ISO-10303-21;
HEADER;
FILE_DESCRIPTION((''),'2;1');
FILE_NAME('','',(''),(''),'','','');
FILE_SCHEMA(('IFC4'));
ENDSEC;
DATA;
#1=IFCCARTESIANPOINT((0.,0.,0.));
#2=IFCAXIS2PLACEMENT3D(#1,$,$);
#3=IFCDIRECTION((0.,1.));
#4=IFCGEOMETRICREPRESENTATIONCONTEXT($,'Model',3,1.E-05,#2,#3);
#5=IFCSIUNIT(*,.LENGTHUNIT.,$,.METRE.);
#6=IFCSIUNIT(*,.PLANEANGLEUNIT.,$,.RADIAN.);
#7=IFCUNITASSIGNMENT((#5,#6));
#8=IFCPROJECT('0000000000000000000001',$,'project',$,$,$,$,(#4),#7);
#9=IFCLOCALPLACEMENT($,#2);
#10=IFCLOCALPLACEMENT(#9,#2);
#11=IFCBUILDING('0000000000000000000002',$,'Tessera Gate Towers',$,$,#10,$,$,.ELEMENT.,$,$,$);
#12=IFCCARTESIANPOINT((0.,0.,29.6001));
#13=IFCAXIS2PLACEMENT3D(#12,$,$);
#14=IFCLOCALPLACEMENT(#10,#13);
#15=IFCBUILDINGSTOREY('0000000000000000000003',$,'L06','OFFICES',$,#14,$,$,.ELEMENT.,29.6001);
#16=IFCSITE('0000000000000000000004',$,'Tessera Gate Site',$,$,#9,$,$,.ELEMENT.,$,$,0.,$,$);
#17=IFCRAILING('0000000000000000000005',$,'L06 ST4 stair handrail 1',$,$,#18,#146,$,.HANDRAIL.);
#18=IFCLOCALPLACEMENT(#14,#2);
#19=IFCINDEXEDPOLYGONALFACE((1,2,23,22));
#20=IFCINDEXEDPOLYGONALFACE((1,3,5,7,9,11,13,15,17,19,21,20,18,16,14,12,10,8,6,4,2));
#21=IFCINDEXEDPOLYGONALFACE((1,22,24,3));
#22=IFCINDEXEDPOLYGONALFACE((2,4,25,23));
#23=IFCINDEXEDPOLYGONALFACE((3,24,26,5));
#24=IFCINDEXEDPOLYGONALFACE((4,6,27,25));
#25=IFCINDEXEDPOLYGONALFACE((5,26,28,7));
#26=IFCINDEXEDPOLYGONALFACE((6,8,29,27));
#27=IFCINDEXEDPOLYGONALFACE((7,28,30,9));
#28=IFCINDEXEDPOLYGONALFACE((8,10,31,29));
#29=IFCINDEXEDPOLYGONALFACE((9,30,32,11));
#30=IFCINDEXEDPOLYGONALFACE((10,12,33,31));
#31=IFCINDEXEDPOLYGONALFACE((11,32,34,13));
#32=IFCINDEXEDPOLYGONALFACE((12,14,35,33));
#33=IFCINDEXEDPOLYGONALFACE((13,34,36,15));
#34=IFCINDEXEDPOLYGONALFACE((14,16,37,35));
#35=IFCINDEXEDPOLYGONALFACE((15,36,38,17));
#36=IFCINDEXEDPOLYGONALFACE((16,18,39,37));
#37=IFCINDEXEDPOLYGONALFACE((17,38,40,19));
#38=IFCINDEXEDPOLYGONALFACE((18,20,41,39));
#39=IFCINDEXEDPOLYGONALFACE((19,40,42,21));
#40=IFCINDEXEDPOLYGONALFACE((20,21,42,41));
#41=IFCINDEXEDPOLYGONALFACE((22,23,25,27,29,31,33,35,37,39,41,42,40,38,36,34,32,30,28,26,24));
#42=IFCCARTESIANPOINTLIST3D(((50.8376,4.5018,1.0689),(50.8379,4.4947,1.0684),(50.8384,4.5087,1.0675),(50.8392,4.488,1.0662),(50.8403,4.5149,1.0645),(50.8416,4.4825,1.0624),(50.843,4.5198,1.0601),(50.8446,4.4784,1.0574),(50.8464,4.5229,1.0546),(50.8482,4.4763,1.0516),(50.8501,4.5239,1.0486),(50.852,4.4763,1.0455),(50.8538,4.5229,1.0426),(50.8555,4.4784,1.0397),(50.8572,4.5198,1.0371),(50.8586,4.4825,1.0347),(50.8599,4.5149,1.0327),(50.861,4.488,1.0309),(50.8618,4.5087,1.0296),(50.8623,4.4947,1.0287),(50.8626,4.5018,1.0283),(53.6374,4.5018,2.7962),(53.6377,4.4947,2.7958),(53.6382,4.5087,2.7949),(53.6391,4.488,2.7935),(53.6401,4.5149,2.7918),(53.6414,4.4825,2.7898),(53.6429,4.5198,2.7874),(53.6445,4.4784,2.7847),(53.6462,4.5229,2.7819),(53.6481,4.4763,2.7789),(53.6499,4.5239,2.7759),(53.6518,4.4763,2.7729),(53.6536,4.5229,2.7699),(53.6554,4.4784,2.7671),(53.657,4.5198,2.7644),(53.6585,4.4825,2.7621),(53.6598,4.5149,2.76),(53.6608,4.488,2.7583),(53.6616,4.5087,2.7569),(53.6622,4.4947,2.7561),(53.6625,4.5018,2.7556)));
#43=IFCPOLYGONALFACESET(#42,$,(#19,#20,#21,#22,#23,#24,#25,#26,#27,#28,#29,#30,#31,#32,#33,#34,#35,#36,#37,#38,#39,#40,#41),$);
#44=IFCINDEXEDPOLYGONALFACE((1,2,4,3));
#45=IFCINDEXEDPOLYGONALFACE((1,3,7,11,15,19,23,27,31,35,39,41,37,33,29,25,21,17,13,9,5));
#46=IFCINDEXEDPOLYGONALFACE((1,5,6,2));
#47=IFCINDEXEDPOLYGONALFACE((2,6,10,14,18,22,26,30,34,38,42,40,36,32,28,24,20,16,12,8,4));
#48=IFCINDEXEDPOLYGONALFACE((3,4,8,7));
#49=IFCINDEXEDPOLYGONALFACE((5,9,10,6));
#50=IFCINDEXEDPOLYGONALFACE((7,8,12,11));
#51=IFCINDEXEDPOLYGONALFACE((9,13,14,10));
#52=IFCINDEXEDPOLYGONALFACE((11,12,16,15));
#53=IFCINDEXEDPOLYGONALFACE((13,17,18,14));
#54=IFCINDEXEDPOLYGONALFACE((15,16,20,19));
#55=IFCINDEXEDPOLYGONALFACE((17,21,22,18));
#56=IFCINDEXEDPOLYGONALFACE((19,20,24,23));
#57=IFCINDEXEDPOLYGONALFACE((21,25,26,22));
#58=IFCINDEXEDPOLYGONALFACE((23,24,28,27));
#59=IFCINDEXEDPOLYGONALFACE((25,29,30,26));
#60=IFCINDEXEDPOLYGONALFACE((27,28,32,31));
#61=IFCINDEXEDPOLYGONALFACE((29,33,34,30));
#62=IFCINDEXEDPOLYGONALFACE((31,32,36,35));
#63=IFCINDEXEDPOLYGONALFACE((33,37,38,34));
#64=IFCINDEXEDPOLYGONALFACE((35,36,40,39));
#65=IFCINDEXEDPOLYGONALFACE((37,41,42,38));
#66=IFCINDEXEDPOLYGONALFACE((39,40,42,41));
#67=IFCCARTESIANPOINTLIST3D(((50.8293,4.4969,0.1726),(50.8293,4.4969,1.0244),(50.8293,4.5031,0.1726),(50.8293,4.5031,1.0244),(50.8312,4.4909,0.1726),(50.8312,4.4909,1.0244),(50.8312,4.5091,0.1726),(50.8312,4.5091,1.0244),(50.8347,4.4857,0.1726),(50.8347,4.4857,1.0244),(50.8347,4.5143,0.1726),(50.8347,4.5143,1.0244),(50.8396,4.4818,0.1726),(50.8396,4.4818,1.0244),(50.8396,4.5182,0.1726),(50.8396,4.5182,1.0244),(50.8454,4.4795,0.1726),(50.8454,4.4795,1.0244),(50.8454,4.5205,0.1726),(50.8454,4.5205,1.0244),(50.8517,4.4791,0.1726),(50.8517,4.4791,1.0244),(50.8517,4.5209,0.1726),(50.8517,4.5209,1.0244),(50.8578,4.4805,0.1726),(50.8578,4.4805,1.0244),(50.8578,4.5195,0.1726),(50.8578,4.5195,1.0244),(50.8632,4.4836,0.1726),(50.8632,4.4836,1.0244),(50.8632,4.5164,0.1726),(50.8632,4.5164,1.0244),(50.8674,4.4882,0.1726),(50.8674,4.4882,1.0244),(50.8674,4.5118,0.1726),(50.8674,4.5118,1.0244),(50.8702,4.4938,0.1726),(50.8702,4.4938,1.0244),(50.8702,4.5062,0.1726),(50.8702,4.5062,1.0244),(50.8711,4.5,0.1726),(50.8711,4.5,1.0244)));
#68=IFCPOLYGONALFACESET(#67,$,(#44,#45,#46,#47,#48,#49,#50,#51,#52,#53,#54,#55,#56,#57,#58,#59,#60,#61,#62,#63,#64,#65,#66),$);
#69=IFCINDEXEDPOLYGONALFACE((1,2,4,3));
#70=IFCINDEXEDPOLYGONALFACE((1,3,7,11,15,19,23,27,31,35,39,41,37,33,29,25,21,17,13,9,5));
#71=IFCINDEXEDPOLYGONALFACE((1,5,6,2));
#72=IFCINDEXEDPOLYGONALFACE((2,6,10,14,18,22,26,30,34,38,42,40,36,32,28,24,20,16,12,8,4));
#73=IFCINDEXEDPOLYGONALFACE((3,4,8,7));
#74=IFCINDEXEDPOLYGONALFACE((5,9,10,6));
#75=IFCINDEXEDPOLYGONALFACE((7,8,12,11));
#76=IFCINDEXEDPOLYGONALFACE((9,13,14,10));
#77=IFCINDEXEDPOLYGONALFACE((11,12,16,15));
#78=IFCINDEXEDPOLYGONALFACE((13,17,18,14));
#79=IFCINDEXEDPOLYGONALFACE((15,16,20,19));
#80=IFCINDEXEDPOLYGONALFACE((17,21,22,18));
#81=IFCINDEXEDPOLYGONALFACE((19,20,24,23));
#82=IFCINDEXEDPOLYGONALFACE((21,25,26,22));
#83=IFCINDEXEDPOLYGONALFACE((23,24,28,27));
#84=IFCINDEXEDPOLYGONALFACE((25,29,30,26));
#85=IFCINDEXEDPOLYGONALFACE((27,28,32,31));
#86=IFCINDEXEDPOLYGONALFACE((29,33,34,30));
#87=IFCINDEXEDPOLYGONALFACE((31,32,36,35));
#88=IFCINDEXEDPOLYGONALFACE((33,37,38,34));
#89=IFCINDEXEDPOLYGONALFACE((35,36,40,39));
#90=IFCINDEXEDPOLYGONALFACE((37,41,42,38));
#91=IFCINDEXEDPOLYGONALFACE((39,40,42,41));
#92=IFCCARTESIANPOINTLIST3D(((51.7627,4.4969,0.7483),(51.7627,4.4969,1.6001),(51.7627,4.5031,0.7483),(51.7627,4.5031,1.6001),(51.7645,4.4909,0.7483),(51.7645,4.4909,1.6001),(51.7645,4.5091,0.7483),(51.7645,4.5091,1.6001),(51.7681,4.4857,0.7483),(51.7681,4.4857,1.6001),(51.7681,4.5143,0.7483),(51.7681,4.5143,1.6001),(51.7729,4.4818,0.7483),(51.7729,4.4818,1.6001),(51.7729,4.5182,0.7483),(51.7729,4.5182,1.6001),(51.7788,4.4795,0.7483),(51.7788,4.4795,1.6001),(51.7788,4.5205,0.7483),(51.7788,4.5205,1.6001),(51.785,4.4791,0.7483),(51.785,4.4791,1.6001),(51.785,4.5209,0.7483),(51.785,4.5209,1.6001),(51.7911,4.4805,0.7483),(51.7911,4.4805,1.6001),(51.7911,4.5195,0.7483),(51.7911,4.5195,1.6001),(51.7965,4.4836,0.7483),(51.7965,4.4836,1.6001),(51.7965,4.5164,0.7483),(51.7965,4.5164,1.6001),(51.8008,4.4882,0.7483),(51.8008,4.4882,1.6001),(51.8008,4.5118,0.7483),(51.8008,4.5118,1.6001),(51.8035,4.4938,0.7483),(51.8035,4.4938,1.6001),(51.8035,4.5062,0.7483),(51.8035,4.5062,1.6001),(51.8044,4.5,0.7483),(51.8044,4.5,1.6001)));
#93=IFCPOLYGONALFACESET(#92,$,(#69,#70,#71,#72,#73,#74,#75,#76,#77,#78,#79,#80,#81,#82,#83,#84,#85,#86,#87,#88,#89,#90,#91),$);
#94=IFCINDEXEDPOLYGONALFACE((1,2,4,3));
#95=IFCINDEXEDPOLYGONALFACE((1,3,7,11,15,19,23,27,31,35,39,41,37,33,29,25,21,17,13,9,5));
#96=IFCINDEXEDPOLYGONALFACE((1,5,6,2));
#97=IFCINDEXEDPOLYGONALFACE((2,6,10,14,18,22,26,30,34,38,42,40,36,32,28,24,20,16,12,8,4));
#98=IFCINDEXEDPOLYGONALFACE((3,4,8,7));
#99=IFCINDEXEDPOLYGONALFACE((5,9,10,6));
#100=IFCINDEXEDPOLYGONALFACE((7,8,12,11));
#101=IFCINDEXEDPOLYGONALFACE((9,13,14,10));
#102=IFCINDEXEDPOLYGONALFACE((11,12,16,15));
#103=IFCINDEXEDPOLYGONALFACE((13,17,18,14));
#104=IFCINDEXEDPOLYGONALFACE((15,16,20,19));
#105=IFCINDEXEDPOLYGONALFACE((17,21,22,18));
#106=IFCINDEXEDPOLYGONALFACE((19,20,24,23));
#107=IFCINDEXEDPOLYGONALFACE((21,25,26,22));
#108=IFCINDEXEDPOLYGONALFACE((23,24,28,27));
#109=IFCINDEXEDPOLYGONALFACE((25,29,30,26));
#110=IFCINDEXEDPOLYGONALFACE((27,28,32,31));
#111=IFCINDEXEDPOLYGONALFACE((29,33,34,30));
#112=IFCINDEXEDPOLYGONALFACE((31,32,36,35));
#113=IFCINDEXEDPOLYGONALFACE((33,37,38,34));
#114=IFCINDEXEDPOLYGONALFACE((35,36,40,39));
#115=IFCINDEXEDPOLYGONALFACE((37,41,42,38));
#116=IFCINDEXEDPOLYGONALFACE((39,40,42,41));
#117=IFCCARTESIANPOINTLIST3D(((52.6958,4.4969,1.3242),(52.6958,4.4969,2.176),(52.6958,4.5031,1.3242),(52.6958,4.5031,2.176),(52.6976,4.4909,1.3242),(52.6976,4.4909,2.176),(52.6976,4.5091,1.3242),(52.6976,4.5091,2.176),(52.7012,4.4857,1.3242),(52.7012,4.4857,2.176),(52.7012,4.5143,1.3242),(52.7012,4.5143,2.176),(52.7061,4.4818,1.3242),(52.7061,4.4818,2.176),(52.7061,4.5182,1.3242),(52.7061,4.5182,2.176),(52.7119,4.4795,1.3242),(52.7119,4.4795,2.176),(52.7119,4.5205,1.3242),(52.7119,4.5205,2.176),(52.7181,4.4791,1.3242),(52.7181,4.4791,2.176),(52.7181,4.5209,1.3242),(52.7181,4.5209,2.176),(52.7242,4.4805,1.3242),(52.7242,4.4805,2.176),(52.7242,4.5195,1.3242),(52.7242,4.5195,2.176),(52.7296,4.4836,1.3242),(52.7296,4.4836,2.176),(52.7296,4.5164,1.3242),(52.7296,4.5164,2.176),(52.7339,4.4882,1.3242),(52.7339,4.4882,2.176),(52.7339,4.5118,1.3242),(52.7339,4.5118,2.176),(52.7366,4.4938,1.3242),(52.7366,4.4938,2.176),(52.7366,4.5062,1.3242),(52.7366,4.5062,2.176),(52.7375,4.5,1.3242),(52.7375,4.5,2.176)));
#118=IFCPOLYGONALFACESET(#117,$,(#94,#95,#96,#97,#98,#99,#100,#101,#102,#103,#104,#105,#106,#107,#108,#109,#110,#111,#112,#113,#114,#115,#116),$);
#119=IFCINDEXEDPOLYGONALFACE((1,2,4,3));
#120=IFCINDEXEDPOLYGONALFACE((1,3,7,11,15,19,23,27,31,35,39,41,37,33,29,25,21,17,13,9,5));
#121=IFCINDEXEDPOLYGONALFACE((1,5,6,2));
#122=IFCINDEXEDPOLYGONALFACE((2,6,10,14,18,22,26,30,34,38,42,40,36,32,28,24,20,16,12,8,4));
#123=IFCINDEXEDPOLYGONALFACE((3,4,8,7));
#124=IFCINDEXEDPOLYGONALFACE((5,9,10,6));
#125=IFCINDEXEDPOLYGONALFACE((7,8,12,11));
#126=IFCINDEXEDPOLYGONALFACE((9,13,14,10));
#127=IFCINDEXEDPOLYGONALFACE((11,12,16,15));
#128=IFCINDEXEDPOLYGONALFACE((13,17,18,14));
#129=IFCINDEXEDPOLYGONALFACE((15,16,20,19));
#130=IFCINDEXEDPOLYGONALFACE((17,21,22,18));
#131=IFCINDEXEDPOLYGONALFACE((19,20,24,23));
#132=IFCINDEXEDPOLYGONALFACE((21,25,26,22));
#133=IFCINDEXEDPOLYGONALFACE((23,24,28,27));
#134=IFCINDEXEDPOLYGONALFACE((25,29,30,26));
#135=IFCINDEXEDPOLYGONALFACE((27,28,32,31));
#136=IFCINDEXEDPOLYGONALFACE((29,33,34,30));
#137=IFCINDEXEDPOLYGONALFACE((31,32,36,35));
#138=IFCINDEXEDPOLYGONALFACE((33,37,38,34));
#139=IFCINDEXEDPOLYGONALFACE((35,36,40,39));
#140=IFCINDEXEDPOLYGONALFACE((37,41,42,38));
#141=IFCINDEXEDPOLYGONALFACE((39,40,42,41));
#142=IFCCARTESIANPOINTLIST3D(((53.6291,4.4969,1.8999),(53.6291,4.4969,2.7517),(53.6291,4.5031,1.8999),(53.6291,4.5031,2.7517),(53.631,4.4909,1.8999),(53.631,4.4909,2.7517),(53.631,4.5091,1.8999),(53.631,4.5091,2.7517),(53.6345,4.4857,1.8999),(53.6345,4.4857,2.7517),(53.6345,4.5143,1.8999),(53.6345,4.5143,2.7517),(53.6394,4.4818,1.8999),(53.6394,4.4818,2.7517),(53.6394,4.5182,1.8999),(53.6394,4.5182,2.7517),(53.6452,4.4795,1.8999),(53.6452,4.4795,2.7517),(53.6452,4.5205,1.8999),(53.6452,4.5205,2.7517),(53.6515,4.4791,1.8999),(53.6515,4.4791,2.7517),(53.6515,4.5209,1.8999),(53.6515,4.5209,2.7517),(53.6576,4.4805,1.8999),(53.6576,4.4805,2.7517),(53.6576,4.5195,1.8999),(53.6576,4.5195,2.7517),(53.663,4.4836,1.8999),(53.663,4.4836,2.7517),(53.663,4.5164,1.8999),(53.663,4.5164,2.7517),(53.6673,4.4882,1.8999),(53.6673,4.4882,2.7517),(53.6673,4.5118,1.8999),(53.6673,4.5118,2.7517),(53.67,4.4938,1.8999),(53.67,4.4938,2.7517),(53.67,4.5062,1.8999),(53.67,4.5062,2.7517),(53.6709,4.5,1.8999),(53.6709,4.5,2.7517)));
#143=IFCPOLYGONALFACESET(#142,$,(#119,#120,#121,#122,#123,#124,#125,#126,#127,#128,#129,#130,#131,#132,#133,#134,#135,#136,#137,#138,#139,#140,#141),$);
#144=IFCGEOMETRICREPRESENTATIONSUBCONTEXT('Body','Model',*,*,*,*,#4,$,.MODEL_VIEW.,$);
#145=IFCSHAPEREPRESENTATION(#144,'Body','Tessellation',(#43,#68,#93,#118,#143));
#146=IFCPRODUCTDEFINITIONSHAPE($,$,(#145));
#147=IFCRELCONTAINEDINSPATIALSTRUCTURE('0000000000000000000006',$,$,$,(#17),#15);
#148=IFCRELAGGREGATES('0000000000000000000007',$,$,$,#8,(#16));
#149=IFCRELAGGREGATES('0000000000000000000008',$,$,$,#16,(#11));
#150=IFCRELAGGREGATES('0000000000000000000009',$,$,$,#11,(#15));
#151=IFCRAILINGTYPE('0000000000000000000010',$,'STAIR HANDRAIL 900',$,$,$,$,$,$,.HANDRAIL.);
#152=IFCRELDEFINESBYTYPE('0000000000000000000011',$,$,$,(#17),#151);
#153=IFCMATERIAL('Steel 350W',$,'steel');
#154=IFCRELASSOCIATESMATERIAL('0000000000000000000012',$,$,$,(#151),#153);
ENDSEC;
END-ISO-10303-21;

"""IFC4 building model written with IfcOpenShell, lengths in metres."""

from ifc_helpers import new_model, si_unit, direction, frame, origin, origin_2d, place, context, subcontext, project, spatial, circle, extrude, material, type_object, element, save


model = new_model("IFC4")

# Units and contexts
model_context = context("Model", 3, precision=1e-05, world=origin(), true_north=direction((0.0, 1.0)))
body_context = subcontext(model_context, "Body", "Model", "MODEL_VIEW")
ifc_project = project(units=[si_unit("LENGTHUNIT", "METRE"), si_unit("PLANEANGLEUNIT", "RADIAN")], contexts=[model_context])

# Site, building, storey
site_placement = place(None, origin())
site = spatial("IfcSite", under=ifc_project, at=site_placement, Name="Tessera Gate Site", CompositionType="ELEMENT", RefElevation=0.0)
building_placement = place(site_placement, origin())
building = spatial("IfcBuilding", under=site, at=building_placement, Name="Tessera Gate Towers", CompositionType="ELEMENT")
storey_placement = place(building_placement, frame((0.0, 0.0, 29.6001)))
storey = spatial("IfcBuildingStorey", under=building, at=storey_placement, Name="L06", Description="OFFICES", CompositionType="ELEMENT", Elevation=29.6001)

# Railing
ifc_material_1 = material(Name="Steel 350W", Category="steel")
railing_type_1 = type_object("IfcRailingType", Name="STAIR HANDRAIL 900", PredefinedType="HANDRAIL", material=ifc_material_1)
railing_1_placement = place(storey_placement, frame((50.8501, 4.5, 0.1726)))
element("IfcRailing", 1, at=railing_1_placement, inside=storey, type_object=railing_type_1, Name="L06 ST4 stair handrail 1", PredefinedType="HANDRAIL", context=body_context, shape_type="SweptSolid", body=[
    extrude(circle(Radius=0.0239, at=origin_2d()), frame((0.0, 0.0, 0.876), z_axis=(0.851069, 0.0, 0.525054), x_axis=(0.0, 1.0, 0.0)), (0.0, 0.0, 1.0), 3.2898),
    extrude(circle(Radius=0.021, at=origin_2d()), origin(), (0.0, 0.0, 1.0), 0.8518),
    extrude(circle(Radius=0.021, at=origin_2d()), frame((0.9333, 0.0, 0.5757)), (0.0, 0.0, 1.0), 0.8518),
    extrude(circle(Radius=0.021, at=origin_2d()), frame((1.8665, 0.0, 1.1516)), (0.0, 0.0, 1.0), 0.8518),
    extrude(circle(Radius=0.021, at=origin_2d()), frame((2.7998, 0.0, 1.7273)), (0.0, 0.0, 1.0), 0.8518),
])

save(model, "model.ifc")
